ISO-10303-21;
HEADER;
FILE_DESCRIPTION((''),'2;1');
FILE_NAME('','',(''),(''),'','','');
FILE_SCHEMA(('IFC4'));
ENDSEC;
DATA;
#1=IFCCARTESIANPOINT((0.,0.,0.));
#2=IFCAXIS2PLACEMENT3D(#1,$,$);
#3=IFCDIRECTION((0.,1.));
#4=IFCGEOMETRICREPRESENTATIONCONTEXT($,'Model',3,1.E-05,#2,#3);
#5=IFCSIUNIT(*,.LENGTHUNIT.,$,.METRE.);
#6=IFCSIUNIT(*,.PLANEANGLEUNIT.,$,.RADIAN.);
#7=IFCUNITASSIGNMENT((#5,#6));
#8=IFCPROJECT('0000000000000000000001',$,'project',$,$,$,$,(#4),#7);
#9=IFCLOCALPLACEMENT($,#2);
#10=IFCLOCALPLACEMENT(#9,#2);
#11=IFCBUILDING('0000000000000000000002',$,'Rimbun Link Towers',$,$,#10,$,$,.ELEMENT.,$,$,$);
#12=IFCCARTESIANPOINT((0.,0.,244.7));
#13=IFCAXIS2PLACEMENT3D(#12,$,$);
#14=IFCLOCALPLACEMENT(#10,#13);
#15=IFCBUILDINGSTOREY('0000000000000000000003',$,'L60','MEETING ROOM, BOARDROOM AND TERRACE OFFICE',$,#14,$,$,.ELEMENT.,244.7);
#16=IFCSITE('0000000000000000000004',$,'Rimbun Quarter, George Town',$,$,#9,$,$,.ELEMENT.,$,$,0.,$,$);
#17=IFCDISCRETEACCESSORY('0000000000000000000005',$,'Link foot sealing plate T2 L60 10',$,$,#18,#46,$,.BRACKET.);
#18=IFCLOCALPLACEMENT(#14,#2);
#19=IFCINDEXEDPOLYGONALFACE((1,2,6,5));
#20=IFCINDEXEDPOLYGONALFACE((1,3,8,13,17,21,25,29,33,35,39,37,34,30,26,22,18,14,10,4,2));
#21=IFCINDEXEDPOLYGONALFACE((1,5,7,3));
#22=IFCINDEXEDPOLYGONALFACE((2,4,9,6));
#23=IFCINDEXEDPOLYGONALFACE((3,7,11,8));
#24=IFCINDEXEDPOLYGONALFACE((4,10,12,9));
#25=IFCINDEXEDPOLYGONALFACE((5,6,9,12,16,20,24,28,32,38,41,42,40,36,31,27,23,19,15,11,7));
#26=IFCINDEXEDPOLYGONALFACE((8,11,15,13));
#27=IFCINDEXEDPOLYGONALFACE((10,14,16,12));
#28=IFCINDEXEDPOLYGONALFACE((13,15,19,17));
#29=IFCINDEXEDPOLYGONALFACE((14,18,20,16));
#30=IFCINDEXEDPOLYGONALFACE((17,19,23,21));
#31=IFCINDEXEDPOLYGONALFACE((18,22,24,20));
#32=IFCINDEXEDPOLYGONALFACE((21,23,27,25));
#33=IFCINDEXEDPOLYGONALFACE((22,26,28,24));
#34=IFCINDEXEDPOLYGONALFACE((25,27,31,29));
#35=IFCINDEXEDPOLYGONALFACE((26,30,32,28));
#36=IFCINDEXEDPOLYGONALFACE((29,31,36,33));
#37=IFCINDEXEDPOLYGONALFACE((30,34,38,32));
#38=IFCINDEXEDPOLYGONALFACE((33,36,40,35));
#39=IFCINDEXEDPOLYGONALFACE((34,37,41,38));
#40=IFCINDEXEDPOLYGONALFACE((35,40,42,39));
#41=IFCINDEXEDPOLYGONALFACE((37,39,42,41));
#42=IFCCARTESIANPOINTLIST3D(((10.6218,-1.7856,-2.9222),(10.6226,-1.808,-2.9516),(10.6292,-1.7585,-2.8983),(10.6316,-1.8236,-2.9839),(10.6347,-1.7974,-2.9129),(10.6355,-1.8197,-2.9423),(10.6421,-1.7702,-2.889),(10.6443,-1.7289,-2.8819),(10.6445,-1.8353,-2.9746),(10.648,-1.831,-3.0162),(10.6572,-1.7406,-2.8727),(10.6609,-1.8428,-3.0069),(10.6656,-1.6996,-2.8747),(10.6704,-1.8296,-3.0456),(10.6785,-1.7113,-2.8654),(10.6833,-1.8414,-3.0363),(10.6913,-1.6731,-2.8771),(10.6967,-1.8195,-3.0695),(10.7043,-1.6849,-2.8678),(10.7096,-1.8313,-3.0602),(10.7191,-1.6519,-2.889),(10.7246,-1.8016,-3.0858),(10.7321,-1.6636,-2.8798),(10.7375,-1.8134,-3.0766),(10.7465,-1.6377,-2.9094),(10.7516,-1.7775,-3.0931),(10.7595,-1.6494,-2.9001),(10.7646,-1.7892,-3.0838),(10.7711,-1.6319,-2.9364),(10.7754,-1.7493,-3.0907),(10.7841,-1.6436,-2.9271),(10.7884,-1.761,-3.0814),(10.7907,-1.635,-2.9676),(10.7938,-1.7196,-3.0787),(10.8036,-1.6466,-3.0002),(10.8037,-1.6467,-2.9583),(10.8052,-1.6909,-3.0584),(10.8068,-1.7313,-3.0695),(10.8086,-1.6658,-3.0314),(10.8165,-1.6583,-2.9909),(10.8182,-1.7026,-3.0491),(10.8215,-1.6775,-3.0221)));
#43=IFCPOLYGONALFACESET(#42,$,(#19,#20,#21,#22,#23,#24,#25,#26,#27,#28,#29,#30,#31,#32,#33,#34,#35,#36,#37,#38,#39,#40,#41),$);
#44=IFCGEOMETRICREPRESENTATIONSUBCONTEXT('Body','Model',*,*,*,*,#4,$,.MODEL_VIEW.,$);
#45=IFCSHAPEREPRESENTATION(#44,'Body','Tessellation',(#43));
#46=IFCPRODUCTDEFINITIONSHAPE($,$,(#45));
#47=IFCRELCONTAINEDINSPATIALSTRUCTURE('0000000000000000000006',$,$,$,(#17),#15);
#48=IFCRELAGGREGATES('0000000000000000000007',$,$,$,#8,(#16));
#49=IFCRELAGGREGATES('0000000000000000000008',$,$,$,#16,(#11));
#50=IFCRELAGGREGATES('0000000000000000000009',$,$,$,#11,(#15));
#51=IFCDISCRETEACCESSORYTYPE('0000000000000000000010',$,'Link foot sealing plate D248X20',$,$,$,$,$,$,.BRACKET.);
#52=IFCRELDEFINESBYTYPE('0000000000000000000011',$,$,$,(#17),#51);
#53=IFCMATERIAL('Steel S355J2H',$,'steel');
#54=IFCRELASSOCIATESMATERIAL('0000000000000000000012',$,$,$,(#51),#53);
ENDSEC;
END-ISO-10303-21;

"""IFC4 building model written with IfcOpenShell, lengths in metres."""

from ifc_helpers import new_model, si_unit, direction, frame, origin, origin_2d, place, context, subcontext, project, spatial, circle, extrude, material, material_profile, profile_set, type_object, element, save


model = new_model("IFC4")

# Units and contexts
model_context = context("Model", 3, precision=1e-05, world=origin(), true_north=direction((0.0, 1.0)))
body_context = subcontext(model_context, "Body", "Model", "MODEL_VIEW")
ifc_project = project(units=[si_unit("LENGTHUNIT", "METRE"), si_unit("PLANEANGLEUNIT", "RADIAN")], contexts=[model_context])

# Site, building, storey
site_placement = place(None, origin())
site = spatial("IfcSite", under=ifc_project, at=site_placement, Name="Rimbun Quarter, George Town", CompositionType="ELEMENT", RefElevation=0.0)
building_placement = place(site_placement, origin())
building = spatial("IfcBuilding", under=site, at=building_placement, Name="Rimbun Link Towers", CompositionType="ELEMENT")
storey_placement = place(building_placement, frame((0.0, 0.0, 244.7)))
storey = spatial("IfcBuildingStorey", under=building, at=storey_placement, Name="L60", Description="MEETING ROOM, BOARDROOM AND TERRACE OFFICE", CompositionType="ELEMENT", Elevation=244.7)

# Discrete accessory
ifc_material_1 = material(Name="Steel S355J2H", Category="steel")
ifc_material_profile_1 = material_profile(ifc_material_1, circle(Radius=0.124, at=origin_2d()), Name="PL D248")
ifc_profile_set_1 = profile_set([ifc_material_profile_1], Name="Steel S355J2H")
discrete_accessory_type = type_object("IfcDiscreteAccessoryType", Name="Link foot sealing plate D248X20", PredefinedType="BRACKET", material=ifc_profile_set_1)
discrete_accessory_placement = place(storey_placement, frame((10.7278, -1.7434, -2.9746), z_axis=(-0.654521, 0.592773, -0.469279), x_axis=(-0.671279, -0.741204, 0.0)))
element("IfcDiscreteAccessory", 1, at=discrete_accessory_placement, inside=storey, type_object=discrete_accessory_type, Name="Link foot sealing plate T2 L60 10", PredefinedType="BRACKET", context=body_context, shape_type="SweptSolid", body=[
    extrude(circle(Radius=0.124, at=origin_2d()), origin(), (0.0, 0.0, 1.0), 0.0198),
])

save(model, "model.ifc")
